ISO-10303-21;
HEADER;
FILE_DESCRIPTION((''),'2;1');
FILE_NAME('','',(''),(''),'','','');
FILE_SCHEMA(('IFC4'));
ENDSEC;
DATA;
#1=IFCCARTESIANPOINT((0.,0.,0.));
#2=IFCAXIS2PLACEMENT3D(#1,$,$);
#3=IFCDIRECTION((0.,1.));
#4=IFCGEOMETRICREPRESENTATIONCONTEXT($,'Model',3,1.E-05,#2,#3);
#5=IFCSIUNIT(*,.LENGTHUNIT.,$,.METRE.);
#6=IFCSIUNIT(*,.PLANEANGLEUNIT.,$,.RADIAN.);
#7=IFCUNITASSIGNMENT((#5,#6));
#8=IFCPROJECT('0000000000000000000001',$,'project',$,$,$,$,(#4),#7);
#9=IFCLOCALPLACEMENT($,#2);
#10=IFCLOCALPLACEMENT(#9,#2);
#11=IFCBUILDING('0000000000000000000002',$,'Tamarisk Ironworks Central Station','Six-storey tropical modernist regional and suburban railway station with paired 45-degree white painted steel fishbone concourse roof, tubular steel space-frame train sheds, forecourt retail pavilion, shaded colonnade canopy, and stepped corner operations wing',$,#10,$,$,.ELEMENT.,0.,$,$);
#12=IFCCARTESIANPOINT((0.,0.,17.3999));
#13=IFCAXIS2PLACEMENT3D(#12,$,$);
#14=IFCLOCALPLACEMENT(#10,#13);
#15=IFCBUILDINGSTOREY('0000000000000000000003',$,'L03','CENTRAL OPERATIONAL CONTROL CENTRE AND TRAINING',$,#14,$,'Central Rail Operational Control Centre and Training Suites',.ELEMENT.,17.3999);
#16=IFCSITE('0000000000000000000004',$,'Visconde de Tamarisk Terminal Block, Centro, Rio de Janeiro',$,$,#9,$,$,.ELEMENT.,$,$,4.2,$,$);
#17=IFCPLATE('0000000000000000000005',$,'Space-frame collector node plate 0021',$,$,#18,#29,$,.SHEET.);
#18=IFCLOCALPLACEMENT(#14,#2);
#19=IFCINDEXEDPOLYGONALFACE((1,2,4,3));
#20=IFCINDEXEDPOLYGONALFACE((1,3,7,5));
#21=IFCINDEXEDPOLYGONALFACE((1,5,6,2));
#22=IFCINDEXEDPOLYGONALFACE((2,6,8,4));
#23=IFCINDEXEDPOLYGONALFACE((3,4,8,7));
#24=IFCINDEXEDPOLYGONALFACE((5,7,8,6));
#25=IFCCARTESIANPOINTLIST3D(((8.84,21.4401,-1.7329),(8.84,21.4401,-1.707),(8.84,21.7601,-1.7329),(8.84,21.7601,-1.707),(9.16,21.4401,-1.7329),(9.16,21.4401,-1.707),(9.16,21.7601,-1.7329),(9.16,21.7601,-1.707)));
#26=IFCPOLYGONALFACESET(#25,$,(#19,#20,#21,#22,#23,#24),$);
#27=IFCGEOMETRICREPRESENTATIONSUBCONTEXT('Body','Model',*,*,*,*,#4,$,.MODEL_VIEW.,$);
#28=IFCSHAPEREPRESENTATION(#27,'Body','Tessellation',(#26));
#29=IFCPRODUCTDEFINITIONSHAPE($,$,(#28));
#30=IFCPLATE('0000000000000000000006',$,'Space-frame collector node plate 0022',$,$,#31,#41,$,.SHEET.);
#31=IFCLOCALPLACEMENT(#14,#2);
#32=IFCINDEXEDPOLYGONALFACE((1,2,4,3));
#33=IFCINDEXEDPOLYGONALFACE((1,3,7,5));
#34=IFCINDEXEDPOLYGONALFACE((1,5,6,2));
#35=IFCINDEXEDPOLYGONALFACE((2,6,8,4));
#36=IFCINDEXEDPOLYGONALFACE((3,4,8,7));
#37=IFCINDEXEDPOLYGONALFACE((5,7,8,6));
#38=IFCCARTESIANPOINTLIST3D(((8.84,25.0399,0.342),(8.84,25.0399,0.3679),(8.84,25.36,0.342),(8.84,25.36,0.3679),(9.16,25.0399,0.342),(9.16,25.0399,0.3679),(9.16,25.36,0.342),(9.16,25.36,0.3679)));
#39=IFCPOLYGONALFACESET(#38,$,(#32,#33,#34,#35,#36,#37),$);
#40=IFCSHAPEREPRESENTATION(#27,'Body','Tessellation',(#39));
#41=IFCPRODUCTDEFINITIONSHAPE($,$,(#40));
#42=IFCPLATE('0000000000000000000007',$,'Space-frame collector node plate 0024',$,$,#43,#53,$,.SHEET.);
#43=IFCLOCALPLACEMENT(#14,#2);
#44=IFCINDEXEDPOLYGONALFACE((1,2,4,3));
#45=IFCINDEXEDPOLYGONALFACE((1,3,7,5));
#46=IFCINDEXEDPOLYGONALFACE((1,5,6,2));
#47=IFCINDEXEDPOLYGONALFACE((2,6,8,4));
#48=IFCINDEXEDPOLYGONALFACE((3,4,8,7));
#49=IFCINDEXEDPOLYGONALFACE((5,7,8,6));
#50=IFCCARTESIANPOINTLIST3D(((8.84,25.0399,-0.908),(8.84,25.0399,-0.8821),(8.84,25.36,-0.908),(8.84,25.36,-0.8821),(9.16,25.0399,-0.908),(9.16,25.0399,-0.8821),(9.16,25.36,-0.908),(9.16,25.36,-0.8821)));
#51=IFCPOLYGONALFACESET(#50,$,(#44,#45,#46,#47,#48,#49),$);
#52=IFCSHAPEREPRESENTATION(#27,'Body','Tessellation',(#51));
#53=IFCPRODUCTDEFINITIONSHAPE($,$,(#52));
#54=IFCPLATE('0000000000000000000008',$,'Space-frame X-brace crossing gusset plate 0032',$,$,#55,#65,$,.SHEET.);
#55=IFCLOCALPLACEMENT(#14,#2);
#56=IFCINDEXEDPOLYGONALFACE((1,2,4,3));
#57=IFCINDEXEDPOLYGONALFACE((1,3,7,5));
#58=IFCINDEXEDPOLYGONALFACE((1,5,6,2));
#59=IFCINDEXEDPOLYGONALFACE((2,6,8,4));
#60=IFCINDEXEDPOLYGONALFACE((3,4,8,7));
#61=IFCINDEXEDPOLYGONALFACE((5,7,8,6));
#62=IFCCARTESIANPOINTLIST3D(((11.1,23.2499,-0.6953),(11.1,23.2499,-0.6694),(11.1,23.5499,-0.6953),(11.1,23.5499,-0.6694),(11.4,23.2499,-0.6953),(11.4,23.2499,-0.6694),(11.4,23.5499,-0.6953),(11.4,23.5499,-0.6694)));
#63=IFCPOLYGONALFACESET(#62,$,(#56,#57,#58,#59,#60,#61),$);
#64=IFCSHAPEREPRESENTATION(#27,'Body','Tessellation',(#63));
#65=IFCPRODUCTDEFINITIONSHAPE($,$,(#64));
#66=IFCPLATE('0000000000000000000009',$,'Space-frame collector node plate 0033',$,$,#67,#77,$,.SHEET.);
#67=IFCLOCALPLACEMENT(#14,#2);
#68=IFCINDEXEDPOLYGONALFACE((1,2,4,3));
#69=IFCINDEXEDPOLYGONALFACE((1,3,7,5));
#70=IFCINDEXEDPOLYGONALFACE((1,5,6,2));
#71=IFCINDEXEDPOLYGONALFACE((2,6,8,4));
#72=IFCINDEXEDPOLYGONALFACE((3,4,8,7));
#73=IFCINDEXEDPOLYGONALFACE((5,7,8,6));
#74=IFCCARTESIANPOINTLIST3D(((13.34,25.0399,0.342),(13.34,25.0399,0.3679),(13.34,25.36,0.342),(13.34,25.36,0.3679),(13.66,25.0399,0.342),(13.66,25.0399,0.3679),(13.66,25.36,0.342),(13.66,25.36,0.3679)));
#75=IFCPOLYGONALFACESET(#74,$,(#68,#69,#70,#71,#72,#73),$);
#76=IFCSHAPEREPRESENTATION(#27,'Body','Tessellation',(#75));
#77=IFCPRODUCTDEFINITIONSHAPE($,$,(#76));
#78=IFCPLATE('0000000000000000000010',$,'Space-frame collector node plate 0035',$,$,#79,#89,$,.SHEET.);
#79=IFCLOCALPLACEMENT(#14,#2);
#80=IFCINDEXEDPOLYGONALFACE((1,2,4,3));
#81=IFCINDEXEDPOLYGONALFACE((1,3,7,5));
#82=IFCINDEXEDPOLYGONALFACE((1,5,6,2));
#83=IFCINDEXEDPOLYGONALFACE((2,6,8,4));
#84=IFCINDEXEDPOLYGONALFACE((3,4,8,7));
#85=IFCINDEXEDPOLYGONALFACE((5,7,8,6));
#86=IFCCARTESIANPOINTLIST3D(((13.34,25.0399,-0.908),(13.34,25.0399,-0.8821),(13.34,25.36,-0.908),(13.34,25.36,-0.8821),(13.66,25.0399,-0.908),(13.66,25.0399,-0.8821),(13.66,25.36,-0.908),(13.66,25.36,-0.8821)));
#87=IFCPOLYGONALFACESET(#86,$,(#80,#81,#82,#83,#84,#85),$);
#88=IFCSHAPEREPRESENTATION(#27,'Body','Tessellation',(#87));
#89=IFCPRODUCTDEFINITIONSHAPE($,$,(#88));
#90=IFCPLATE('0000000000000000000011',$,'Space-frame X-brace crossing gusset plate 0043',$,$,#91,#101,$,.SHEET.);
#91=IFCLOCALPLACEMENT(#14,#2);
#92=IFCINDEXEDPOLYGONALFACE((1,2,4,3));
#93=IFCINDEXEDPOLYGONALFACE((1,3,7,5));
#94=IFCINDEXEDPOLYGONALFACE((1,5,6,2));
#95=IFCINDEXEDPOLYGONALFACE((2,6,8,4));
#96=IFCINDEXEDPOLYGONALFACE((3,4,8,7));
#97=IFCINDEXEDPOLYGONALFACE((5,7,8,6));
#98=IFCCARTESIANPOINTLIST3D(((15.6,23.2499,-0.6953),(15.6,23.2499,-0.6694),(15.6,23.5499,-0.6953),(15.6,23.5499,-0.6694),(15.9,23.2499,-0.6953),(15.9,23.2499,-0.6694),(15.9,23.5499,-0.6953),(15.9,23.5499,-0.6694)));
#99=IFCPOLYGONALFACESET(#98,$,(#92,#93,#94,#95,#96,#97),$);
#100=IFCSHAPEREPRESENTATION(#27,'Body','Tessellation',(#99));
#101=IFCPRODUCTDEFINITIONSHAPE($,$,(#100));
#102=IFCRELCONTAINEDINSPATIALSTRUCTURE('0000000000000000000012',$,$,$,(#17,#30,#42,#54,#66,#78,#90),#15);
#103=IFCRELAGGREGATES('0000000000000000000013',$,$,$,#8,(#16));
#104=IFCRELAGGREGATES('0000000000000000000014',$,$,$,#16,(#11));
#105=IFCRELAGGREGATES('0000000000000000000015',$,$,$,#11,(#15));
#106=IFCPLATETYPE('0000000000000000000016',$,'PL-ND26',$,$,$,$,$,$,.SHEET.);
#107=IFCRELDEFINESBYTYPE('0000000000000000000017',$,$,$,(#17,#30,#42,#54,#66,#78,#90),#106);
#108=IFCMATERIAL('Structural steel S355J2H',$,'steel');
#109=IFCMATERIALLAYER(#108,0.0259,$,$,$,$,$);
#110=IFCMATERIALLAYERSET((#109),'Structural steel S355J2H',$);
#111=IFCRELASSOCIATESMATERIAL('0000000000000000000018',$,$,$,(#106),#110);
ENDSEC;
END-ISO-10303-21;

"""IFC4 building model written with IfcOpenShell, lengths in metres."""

from ifc_helpers import new_model, si_unit, direction, frame, origin, origin_2d, place, context, subcontext, project, spatial, rectangle, extrude, material, layer, layer_set, type_object, element, save


model = new_model("IFC4")

# Units and contexts
model_context = context("Model", 3, precision=1e-05, world=origin(), true_north=direction((0.0, 1.0)))
body_context = subcontext(model_context, "Body", "Model", "MODEL_VIEW")
ifc_project = project(units=[si_unit("LENGTHUNIT", "METRE"), si_unit("PLANEANGLEUNIT", "RADIAN")], contexts=[model_context])

# Site, building, storey
site_placement = place(None, origin())
site = spatial("IfcSite", under=ifc_project, at=site_placement, Name="Visconde de Tamarisk Terminal Block, Centro, Rio de Janeiro", CompositionType="ELEMENT", RefElevation=4.2)
building_placement = place(site_placement, origin())
building = spatial("IfcBuilding", under=site, at=building_placement, Name="Tamarisk Ironworks Central Station", Description="Six-storey tropical modernist regional and suburban railway station with paired 45-degree white painted steel fishbone concourse roof, tubular steel space-frame train sheds, forecourt retail pavilion, shaded colonnade canopy, and stepped corner operations wing", CompositionType="ELEMENT", ElevationOfRefHeight=0.0)
storey_placement = place(building_placement, frame((0.0, 0.0, 17.3999)))
storey = spatial("IfcBuildingStorey", under=building, at=storey_placement, Name="L03", Description="CENTRAL OPERATIONAL CONTROL CENTRE AND TRAINING", LongName="Central Rail Operational Control Centre and Training Suites", CompositionType="ELEMENT", Elevation=17.3999)

# Shared definitions
ifc_material_1 = material(Name="Structural steel S355J2H", Category="steel")

# Plates
ifc_layer_1 = layer(ifc_material_1, 0.0259)
ifc_layer_set_1 = layer_set([ifc_layer_1], Name="Structural steel S355J2H")
plate_type_1 = type_object("IfcPlateType", Name="PL-ND26", PredefinedType="SHEET", material=ifc_layer_set_1)
for number, where, z_axis, x_axis, name in (
    (1, (9.0, 21.6001, -1.7329), (0.0, 0.0, 1.0), (1.0, 0.0, 0.0), "Space-frame collector node plate 0021"),
    (2, (9.0, 25.2, 0.342), (0.0, 0.0, 1.0), (1.0, 0.0, 0.0), "Space-frame collector node plate 0022"),
    (3, (9.0, 25.2, -0.908), (0.0, 0.0, 1.0), (1.0, 0.0, 0.0), "Space-frame collector node plate 0024"),
):
    element("IfcPlate", number, at=place(storey_placement, frame(where, z_axis=z_axis, x_axis=x_axis)), inside=storey, type_object=plate_type_1, Name=name, PredefinedType="SHEET", context=body_context, shape_type="SweptSolid", body=[
        extrude(rectangle(XDim=0.3201, YDim=0.3201, at=origin_2d()), origin(), (0.0, 0.0, 1.0), 0.0259),
    ])
plate_1_placement = place(storey_placement, frame((11.25, 23.3999, -0.6953), z_axis=(0.0, 0.0, 1.0), x_axis=(1.0, 0.0, 0.0)))
element("IfcPlate", 4, at=plate_1_placement, inside=storey, type_object=plate_type_1, Name="Space-frame X-brace crossing gusset plate 0032", PredefinedType="SHEET", context=body_context, shape_type="SweptSolid", body=[
    extrude(rectangle(XDim=0.3, YDim=0.3, at=origin_2d()), origin(), (0.0, 0.0, 1.0), 0.0259),
])
for number, where, z_axis, x_axis, name in (
    (5, (13.5, 25.2, 0.342), (0.0, 0.0, 1.0), (1.0, 0.0, 0.0), "Space-frame collector node plate 0033"),
    (6, (13.5, 25.2, -0.908), (0.0, 0.0, 1.0), (1.0, 0.0, 0.0), "Space-frame collector node plate 0035"),
):
    element("IfcPlate", number, at=place(storey_placement, frame(where, z_axis=z_axis, x_axis=x_axis)), inside=storey, type_object=plate_type_1, Name=name, PredefinedType="SHEET", context=body_context, shape_type="SweptSolid", body=[
        extrude(rectangle(XDim=0.3201, YDim=0.3201, at=origin_2d()), origin(), (0.0, 0.0, 1.0), 0.0259),
    ])
plate_2_placement = place(storey_placement, frame((15.75, 23.3999, -0.6953), z_axis=(0.0, 0.0, 1.0), x_axis=(1.0, 0.0, 0.0)))
element("IfcPlate", 7, at=plate_2_placement, inside=storey, type_object=plate_type_1, Name="Space-frame X-brace crossing gusset plate 0043", PredefinedType="SHEET", context=body_context, shape_type="SweptSolid", body=[
    extrude(rectangle(XDim=0.3, YDim=0.3, at=origin_2d()), origin(), (0.0, 0.0, 1.0), 0.0259),
])

save(model, "model.ifc")
